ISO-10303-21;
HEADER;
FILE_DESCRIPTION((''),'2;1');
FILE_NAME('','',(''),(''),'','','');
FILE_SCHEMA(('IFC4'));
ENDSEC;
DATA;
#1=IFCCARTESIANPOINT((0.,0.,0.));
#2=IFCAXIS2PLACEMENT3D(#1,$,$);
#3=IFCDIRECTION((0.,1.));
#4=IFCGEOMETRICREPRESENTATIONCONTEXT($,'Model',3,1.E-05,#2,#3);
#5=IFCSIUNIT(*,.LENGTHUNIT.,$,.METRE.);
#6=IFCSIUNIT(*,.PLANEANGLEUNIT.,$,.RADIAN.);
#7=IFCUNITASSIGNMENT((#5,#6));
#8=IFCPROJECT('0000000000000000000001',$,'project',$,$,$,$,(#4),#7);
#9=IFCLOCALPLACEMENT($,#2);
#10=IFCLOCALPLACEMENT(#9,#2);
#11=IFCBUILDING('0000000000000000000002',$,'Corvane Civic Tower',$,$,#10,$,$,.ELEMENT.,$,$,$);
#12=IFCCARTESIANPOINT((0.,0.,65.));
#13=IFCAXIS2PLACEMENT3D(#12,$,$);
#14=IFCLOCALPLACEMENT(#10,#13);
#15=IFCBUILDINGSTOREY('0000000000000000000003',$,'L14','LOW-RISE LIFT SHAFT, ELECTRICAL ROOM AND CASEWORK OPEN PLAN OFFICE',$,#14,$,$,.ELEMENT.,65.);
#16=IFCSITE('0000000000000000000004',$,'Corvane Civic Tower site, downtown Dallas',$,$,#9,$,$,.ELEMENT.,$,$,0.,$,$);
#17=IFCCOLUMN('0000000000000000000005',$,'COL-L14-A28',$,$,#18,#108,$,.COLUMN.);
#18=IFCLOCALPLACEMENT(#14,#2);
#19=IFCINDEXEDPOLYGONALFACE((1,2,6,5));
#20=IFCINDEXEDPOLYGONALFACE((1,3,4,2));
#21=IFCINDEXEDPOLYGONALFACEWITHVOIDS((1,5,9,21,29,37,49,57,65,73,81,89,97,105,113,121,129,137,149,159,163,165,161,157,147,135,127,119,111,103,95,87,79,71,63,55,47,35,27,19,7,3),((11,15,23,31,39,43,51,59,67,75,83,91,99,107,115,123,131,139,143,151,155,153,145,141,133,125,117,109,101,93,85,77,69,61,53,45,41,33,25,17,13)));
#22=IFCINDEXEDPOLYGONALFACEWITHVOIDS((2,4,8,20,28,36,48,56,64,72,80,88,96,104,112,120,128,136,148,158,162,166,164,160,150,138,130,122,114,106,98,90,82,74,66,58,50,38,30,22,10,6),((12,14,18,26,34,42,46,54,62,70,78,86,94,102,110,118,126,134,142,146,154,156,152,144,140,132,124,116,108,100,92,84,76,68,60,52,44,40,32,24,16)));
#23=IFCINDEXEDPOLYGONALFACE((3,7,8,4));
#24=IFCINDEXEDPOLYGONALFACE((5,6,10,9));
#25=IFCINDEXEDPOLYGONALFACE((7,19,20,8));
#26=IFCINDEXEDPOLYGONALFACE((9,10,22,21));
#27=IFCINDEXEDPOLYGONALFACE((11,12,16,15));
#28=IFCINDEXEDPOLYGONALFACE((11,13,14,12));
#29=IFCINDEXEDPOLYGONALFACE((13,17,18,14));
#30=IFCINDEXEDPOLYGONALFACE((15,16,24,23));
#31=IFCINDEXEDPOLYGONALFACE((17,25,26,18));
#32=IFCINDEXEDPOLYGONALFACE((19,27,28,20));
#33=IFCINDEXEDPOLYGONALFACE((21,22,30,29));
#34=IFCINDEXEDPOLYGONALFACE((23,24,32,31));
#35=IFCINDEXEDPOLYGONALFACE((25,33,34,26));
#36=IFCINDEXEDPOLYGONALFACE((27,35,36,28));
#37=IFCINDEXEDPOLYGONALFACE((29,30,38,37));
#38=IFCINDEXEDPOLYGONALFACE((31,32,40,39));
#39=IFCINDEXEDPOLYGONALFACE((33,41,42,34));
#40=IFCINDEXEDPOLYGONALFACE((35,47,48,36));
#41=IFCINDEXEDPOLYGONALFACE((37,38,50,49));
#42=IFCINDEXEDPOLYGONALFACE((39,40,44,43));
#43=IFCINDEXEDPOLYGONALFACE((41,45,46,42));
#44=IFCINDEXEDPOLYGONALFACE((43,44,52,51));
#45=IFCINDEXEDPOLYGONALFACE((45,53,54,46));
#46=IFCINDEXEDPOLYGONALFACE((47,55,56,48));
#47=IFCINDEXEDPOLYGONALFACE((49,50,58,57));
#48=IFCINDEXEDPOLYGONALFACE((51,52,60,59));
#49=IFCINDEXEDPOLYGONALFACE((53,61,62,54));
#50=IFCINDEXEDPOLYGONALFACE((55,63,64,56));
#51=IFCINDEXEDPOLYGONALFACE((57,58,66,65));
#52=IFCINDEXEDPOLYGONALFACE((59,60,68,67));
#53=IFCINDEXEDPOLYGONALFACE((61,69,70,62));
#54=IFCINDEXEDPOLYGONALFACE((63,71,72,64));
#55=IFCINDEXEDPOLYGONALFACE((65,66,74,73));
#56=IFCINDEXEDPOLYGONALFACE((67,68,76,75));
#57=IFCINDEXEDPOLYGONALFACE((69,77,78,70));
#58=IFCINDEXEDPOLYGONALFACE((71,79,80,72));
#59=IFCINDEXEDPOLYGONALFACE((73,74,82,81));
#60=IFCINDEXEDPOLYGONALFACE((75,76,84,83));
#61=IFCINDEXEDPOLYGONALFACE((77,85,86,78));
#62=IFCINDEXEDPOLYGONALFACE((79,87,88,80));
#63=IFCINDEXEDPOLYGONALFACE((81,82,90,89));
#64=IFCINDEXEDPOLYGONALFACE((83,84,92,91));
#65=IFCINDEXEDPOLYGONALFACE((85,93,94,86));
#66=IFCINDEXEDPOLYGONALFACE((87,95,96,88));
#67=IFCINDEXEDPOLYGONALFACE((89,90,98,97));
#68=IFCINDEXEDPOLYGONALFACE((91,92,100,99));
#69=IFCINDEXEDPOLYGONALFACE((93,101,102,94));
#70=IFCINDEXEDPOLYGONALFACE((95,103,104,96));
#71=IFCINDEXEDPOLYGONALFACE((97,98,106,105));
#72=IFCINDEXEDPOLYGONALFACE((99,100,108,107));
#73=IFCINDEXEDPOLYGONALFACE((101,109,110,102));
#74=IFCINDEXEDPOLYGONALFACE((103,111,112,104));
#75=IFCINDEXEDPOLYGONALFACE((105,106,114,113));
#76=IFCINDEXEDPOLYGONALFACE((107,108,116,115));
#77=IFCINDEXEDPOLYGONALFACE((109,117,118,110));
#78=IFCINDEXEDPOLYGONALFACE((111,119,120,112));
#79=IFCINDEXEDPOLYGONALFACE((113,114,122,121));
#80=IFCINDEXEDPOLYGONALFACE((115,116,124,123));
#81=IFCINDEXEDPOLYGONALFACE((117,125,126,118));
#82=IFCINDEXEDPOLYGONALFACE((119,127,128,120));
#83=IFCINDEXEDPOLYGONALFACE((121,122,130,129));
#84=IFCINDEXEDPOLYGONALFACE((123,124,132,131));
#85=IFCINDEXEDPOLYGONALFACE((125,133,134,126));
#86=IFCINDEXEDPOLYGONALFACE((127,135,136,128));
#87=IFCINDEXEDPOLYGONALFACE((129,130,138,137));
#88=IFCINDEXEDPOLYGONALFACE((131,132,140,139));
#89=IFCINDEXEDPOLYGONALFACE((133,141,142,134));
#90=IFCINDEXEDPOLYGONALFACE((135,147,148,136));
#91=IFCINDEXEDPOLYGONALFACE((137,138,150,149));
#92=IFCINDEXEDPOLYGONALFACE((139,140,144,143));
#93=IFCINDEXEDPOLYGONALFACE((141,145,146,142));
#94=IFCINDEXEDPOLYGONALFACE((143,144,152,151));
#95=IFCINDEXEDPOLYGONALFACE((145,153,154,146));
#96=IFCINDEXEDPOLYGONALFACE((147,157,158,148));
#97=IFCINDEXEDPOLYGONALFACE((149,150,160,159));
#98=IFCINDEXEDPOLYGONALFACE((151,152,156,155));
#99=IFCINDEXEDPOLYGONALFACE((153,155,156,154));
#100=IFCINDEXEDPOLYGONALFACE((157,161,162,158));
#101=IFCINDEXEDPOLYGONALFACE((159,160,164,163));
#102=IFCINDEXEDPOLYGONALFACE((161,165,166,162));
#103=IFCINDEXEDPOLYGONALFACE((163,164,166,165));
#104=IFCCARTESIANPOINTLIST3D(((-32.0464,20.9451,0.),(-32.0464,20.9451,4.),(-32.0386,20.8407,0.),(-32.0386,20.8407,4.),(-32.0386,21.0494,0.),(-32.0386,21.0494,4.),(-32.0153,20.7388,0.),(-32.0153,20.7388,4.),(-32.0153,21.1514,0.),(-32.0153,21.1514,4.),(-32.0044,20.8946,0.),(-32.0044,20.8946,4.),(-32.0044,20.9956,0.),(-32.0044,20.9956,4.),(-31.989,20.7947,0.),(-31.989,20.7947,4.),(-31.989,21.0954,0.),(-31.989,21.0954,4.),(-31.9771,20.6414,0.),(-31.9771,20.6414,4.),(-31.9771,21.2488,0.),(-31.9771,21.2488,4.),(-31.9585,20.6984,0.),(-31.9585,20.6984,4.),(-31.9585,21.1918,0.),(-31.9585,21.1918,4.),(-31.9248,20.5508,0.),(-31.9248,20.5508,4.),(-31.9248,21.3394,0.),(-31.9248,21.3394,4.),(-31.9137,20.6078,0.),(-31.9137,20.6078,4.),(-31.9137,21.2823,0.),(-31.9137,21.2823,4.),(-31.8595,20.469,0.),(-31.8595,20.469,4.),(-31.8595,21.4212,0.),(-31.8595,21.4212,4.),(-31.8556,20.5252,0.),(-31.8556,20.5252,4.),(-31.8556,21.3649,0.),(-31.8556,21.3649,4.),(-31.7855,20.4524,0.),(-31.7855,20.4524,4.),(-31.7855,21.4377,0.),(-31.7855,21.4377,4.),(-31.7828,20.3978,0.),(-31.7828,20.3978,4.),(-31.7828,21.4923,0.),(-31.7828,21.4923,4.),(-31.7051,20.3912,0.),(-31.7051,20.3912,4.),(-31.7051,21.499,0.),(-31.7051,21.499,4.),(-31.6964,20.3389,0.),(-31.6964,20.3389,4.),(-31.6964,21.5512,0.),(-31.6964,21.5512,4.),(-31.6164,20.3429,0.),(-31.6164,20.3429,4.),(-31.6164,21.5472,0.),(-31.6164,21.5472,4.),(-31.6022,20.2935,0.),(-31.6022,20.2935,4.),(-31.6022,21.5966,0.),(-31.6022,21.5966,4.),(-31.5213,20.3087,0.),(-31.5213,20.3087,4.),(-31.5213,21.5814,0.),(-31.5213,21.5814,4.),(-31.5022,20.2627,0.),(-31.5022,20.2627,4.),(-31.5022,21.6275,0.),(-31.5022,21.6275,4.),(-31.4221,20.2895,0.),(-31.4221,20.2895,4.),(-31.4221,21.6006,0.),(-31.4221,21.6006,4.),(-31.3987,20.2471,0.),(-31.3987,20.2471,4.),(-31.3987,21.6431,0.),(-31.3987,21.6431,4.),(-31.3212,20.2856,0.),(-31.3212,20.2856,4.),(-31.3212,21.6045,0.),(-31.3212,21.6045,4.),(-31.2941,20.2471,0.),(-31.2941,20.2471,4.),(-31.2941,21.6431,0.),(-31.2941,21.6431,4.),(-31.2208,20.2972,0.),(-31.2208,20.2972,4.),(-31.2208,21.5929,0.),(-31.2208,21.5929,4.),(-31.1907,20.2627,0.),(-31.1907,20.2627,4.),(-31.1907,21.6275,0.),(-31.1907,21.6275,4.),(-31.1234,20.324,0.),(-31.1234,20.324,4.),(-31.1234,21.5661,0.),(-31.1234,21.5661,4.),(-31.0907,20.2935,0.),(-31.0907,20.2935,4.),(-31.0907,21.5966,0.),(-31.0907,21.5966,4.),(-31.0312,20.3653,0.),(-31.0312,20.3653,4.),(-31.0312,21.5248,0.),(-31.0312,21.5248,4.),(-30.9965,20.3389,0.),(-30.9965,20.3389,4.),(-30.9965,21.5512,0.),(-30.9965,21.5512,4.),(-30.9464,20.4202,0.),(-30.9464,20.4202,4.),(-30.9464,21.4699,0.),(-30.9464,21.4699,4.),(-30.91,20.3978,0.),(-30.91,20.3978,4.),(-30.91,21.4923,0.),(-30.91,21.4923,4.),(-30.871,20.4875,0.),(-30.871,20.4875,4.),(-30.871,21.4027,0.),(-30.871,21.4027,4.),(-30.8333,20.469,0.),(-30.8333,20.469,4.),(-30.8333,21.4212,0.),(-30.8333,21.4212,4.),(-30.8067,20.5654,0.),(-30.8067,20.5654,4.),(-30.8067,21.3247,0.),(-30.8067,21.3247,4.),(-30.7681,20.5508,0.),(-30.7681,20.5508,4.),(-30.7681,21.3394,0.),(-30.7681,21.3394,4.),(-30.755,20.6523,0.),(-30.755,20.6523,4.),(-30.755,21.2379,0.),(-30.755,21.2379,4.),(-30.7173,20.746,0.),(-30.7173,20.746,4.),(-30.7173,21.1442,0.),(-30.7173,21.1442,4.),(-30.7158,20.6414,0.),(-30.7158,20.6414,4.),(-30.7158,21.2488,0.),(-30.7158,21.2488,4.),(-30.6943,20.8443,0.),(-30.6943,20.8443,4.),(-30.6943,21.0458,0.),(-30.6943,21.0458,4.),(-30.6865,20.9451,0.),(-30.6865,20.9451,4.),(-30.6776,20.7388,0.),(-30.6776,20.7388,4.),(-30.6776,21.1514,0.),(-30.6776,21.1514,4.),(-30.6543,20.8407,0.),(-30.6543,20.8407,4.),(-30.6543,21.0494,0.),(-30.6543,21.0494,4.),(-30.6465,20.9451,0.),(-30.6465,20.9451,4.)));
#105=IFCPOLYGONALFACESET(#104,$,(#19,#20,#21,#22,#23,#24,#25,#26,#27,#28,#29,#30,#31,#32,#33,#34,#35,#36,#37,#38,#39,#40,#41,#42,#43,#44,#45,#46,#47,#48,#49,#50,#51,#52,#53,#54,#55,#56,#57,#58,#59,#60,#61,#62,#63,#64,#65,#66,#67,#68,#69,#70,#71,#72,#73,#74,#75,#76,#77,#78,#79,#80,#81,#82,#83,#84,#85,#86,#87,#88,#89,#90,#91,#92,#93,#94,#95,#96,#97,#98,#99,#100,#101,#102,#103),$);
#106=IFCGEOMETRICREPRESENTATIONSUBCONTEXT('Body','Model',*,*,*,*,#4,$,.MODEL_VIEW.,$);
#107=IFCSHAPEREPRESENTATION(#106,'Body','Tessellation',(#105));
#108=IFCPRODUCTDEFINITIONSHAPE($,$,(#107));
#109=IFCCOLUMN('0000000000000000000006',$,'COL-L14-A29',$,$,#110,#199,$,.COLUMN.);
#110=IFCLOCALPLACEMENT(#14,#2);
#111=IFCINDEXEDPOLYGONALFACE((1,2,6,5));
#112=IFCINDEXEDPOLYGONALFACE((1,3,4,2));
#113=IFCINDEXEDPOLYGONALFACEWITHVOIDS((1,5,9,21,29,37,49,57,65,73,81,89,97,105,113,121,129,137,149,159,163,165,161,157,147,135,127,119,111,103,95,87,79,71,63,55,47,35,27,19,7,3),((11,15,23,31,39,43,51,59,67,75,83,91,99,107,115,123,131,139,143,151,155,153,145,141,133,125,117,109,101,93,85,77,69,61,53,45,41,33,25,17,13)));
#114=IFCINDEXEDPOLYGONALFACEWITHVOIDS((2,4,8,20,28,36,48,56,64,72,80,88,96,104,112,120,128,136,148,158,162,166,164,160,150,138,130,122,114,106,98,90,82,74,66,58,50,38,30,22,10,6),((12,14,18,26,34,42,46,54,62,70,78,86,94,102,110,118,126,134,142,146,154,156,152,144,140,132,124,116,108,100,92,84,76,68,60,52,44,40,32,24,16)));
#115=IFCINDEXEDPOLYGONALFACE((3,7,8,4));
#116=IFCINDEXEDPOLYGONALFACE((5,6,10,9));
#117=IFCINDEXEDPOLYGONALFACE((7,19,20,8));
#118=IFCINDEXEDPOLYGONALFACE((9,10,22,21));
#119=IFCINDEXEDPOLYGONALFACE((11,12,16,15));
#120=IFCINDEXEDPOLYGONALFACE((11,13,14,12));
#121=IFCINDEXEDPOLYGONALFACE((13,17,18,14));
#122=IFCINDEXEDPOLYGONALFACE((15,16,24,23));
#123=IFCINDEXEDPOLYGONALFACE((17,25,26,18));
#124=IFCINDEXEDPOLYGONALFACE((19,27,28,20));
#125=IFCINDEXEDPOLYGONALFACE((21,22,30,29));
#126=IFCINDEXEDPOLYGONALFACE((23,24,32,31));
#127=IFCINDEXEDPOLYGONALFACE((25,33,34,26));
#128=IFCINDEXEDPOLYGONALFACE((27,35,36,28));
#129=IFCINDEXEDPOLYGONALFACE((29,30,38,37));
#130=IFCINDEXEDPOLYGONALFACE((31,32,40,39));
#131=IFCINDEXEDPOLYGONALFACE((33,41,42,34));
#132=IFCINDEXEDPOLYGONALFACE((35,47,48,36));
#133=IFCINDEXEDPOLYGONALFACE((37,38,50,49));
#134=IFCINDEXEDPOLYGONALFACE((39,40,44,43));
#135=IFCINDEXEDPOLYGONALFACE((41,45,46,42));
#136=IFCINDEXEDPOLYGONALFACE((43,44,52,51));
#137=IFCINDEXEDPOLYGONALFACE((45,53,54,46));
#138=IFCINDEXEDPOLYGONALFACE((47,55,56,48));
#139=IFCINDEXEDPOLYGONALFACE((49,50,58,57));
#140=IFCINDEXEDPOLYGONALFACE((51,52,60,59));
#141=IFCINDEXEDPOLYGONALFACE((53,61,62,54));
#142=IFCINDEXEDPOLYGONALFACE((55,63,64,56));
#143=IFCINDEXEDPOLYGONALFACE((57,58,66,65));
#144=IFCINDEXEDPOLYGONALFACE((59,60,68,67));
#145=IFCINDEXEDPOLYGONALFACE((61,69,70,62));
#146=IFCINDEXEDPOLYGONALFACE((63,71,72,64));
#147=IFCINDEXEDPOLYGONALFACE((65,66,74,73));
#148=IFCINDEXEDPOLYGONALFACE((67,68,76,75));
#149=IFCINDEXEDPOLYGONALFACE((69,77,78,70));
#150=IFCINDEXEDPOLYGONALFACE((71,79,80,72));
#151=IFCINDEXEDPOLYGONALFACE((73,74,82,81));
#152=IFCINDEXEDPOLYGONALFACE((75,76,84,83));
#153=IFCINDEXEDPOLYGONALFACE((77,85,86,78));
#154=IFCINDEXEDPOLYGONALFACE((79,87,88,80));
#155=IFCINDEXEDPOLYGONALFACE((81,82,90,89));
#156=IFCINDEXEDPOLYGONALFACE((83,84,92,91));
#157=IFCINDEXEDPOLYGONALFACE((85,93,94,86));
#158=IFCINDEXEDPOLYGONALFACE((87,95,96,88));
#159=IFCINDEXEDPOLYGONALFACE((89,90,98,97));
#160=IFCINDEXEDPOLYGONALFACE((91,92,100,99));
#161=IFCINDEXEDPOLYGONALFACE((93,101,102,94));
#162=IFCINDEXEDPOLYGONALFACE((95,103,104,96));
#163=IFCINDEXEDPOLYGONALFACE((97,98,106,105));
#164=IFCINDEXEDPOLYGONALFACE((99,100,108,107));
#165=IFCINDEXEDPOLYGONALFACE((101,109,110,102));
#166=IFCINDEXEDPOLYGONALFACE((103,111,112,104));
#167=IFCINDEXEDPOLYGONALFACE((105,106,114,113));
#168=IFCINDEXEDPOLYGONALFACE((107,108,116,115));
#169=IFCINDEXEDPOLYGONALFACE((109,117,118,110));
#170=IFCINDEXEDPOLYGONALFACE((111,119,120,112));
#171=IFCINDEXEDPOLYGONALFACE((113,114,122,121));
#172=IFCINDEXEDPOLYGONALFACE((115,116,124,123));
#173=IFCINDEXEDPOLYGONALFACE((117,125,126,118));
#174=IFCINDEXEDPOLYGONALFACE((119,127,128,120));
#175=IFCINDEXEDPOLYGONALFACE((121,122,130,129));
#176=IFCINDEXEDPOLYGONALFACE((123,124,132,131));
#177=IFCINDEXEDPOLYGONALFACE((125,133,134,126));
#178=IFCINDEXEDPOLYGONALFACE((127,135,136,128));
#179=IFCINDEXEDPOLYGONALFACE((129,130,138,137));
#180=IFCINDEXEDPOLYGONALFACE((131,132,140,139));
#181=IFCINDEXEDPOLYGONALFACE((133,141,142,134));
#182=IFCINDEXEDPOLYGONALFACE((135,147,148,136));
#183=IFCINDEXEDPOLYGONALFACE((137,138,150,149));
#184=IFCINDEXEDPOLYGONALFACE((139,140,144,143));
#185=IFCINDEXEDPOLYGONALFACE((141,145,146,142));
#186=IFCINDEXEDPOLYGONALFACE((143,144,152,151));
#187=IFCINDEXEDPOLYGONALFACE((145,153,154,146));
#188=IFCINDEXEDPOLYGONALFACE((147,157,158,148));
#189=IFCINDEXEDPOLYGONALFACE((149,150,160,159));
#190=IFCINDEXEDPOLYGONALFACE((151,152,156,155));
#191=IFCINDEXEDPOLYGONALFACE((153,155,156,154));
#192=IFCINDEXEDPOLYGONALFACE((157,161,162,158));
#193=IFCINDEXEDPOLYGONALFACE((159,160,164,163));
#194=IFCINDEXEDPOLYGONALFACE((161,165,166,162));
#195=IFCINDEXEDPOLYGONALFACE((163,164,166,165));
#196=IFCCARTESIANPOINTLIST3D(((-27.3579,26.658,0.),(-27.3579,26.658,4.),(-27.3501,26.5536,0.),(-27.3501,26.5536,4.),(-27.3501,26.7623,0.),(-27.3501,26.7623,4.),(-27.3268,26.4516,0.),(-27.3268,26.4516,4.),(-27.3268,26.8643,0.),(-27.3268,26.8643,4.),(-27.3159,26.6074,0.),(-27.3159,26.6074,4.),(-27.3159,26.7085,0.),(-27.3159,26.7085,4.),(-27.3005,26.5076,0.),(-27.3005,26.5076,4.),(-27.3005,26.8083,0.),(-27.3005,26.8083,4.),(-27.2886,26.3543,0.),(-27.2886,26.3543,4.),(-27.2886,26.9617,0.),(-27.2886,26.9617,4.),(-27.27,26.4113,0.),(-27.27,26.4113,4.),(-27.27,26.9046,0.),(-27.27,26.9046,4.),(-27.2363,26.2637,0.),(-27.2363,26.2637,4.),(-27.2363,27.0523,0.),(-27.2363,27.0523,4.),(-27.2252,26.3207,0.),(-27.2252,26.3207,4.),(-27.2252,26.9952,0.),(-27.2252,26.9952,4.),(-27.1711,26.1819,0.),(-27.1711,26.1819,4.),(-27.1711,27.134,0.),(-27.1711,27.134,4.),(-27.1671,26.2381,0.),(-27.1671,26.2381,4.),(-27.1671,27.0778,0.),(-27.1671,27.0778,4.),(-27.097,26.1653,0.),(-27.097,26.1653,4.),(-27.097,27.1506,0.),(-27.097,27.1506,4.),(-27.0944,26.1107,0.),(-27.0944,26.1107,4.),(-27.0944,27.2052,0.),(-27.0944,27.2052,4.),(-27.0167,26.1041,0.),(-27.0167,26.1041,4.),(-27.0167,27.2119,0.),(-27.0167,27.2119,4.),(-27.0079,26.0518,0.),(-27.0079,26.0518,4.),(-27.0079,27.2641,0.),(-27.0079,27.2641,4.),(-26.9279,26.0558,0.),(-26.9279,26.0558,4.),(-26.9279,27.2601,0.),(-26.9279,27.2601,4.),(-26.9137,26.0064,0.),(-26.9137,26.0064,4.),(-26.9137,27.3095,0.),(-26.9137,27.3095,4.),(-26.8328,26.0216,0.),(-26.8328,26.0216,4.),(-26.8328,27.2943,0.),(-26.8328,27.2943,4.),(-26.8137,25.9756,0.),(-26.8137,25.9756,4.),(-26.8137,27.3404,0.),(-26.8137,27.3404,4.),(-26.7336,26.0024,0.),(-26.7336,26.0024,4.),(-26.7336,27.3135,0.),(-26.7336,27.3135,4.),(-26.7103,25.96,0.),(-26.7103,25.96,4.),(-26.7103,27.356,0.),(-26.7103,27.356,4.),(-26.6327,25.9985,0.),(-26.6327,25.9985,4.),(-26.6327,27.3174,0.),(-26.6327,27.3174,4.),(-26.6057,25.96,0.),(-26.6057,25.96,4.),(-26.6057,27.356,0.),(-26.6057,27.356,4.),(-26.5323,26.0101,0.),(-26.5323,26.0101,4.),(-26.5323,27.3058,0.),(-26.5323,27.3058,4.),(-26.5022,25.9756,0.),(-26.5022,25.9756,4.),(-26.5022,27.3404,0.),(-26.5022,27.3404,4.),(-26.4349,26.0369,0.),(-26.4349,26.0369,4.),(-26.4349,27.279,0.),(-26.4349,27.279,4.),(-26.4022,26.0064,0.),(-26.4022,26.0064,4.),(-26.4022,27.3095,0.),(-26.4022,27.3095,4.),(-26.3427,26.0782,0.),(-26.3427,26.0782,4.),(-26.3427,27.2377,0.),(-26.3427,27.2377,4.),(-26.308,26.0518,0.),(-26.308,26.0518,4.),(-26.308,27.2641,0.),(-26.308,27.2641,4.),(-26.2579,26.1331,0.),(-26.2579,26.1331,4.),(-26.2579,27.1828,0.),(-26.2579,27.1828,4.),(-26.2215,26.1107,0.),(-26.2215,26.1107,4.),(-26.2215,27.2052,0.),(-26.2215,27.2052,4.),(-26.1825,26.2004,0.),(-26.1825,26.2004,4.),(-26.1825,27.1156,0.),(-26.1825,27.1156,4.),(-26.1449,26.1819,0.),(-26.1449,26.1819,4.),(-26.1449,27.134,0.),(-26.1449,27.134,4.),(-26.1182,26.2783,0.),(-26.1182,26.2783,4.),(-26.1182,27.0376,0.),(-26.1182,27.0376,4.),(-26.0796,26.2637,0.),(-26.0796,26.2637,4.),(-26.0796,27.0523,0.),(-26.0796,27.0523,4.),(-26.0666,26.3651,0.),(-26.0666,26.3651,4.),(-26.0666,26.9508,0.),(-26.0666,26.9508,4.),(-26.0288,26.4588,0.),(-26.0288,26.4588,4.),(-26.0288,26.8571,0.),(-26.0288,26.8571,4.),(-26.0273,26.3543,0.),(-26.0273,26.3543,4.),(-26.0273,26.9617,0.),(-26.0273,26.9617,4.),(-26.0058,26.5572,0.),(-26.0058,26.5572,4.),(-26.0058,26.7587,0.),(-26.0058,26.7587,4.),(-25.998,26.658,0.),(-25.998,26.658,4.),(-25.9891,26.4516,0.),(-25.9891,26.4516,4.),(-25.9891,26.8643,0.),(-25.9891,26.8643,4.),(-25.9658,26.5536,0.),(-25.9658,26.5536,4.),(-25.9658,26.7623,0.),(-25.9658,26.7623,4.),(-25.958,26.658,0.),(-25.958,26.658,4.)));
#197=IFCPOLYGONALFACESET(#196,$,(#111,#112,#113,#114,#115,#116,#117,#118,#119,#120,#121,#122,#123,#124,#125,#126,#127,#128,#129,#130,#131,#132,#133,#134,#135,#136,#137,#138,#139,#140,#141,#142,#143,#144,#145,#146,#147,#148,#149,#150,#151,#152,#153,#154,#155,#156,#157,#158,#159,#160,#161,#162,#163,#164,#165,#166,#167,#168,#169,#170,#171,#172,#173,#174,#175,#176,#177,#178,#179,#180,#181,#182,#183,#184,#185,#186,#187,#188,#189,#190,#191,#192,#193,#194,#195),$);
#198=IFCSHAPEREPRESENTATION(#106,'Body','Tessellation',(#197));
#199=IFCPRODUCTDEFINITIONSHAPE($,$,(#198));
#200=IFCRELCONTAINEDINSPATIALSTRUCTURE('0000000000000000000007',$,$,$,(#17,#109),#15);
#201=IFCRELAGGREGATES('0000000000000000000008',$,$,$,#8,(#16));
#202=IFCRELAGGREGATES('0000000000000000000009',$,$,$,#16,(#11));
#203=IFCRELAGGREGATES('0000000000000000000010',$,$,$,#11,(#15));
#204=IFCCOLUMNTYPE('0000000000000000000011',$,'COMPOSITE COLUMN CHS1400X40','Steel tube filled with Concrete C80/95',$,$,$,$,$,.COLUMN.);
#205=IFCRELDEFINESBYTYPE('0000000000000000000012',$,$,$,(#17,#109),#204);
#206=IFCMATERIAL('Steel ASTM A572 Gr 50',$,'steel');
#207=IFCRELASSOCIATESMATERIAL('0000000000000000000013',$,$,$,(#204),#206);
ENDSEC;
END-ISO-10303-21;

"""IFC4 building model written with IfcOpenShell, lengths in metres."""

from ifc_helpers import new_model, si_unit, direction, frame, origin, origin_2d, place, context, subcontext, project, spatial, hollow_circle, extrude, material, material_profile, profile_set, type_object, element, save


model = new_model("IFC4")

# Units and contexts
model_context = context("Model", 3, precision=1e-05, world=origin(), true_north=direction((0.0, 1.0)))
body_context = subcontext(model_context, "Body", "Model", "MODEL_VIEW")
ifc_project = project(units=[si_unit("LENGTHUNIT", "METRE"), si_unit("PLANEANGLEUNIT", "RADIAN")], contexts=[model_context])

# Site, building, storey
site_placement = place(None, origin())
site = spatial("IfcSite", under=ifc_project, at=site_placement, Name="Corvane Civic Tower site, downtown Dallas", CompositionType="ELEMENT", RefElevation=0.0)
building_placement = place(site_placement, origin())
building = spatial("IfcBuilding", under=site, at=building_placement, Name="Corvane Civic Tower", CompositionType="ELEMENT")
storey_placement = place(building_placement, frame((0.0, 0.0, 65.0)))
storey = spatial("IfcBuildingStorey", under=building, at=storey_placement, Name="L14", Description="LOW-RISE LIFT SHAFT, ELECTRICAL ROOM AND CASEWORK OPEN PLAN OFFICE", CompositionType="ELEMENT", Elevation=65.0)

# Columns
ifc_material_1 = material(Name="Steel ASTM A572 Gr 50", Category="steel")
ifc_material_profile_1 = material_profile(ifc_material_1, hollow_circle(Radius=0.7, WallThickness=0.04, at=origin_2d()), Name="CHS1400X40")
ifc_profile_set_1 = profile_set([ifc_material_profile_1], Name="Steel ASTM A572 Gr 50")
column_type = type_object("IfcColumnType", Name="COMPOSITE COLUMN CHS1400X40", Description="Steel tube filled with Concrete C80/95", PredefinedType="COLUMN", material=ifc_profile_set_1)
for number, where, z_axis, x_axis, name in (
    (1, (-31.3464, 20.9451, 0.0), (0.0, 0.0, 1.0), (1.0, 0.0, 0.0), "COL-L14-A28"),
    (2, (-26.658, 26.658, 0.0), (0.0, 0.0, 1.0), (1.0, 0.0, 0.0), "COL-L14-A29"),
):
    element("IfcColumn", number, at=place(storey_placement, frame(where, z_axis=z_axis, x_axis=x_axis)), inside=storey, type_object=column_type, Name=name, PredefinedType="COLUMN", context=body_context, shape_type="SweptSolid", body=[
        extrude(hollow_circle(Radius=0.7, WallThickness=0.04, at=origin_2d()), origin(), (0.0, 0.0, 1.0), 4.0),
    ])

save(model, "model.ifc")
